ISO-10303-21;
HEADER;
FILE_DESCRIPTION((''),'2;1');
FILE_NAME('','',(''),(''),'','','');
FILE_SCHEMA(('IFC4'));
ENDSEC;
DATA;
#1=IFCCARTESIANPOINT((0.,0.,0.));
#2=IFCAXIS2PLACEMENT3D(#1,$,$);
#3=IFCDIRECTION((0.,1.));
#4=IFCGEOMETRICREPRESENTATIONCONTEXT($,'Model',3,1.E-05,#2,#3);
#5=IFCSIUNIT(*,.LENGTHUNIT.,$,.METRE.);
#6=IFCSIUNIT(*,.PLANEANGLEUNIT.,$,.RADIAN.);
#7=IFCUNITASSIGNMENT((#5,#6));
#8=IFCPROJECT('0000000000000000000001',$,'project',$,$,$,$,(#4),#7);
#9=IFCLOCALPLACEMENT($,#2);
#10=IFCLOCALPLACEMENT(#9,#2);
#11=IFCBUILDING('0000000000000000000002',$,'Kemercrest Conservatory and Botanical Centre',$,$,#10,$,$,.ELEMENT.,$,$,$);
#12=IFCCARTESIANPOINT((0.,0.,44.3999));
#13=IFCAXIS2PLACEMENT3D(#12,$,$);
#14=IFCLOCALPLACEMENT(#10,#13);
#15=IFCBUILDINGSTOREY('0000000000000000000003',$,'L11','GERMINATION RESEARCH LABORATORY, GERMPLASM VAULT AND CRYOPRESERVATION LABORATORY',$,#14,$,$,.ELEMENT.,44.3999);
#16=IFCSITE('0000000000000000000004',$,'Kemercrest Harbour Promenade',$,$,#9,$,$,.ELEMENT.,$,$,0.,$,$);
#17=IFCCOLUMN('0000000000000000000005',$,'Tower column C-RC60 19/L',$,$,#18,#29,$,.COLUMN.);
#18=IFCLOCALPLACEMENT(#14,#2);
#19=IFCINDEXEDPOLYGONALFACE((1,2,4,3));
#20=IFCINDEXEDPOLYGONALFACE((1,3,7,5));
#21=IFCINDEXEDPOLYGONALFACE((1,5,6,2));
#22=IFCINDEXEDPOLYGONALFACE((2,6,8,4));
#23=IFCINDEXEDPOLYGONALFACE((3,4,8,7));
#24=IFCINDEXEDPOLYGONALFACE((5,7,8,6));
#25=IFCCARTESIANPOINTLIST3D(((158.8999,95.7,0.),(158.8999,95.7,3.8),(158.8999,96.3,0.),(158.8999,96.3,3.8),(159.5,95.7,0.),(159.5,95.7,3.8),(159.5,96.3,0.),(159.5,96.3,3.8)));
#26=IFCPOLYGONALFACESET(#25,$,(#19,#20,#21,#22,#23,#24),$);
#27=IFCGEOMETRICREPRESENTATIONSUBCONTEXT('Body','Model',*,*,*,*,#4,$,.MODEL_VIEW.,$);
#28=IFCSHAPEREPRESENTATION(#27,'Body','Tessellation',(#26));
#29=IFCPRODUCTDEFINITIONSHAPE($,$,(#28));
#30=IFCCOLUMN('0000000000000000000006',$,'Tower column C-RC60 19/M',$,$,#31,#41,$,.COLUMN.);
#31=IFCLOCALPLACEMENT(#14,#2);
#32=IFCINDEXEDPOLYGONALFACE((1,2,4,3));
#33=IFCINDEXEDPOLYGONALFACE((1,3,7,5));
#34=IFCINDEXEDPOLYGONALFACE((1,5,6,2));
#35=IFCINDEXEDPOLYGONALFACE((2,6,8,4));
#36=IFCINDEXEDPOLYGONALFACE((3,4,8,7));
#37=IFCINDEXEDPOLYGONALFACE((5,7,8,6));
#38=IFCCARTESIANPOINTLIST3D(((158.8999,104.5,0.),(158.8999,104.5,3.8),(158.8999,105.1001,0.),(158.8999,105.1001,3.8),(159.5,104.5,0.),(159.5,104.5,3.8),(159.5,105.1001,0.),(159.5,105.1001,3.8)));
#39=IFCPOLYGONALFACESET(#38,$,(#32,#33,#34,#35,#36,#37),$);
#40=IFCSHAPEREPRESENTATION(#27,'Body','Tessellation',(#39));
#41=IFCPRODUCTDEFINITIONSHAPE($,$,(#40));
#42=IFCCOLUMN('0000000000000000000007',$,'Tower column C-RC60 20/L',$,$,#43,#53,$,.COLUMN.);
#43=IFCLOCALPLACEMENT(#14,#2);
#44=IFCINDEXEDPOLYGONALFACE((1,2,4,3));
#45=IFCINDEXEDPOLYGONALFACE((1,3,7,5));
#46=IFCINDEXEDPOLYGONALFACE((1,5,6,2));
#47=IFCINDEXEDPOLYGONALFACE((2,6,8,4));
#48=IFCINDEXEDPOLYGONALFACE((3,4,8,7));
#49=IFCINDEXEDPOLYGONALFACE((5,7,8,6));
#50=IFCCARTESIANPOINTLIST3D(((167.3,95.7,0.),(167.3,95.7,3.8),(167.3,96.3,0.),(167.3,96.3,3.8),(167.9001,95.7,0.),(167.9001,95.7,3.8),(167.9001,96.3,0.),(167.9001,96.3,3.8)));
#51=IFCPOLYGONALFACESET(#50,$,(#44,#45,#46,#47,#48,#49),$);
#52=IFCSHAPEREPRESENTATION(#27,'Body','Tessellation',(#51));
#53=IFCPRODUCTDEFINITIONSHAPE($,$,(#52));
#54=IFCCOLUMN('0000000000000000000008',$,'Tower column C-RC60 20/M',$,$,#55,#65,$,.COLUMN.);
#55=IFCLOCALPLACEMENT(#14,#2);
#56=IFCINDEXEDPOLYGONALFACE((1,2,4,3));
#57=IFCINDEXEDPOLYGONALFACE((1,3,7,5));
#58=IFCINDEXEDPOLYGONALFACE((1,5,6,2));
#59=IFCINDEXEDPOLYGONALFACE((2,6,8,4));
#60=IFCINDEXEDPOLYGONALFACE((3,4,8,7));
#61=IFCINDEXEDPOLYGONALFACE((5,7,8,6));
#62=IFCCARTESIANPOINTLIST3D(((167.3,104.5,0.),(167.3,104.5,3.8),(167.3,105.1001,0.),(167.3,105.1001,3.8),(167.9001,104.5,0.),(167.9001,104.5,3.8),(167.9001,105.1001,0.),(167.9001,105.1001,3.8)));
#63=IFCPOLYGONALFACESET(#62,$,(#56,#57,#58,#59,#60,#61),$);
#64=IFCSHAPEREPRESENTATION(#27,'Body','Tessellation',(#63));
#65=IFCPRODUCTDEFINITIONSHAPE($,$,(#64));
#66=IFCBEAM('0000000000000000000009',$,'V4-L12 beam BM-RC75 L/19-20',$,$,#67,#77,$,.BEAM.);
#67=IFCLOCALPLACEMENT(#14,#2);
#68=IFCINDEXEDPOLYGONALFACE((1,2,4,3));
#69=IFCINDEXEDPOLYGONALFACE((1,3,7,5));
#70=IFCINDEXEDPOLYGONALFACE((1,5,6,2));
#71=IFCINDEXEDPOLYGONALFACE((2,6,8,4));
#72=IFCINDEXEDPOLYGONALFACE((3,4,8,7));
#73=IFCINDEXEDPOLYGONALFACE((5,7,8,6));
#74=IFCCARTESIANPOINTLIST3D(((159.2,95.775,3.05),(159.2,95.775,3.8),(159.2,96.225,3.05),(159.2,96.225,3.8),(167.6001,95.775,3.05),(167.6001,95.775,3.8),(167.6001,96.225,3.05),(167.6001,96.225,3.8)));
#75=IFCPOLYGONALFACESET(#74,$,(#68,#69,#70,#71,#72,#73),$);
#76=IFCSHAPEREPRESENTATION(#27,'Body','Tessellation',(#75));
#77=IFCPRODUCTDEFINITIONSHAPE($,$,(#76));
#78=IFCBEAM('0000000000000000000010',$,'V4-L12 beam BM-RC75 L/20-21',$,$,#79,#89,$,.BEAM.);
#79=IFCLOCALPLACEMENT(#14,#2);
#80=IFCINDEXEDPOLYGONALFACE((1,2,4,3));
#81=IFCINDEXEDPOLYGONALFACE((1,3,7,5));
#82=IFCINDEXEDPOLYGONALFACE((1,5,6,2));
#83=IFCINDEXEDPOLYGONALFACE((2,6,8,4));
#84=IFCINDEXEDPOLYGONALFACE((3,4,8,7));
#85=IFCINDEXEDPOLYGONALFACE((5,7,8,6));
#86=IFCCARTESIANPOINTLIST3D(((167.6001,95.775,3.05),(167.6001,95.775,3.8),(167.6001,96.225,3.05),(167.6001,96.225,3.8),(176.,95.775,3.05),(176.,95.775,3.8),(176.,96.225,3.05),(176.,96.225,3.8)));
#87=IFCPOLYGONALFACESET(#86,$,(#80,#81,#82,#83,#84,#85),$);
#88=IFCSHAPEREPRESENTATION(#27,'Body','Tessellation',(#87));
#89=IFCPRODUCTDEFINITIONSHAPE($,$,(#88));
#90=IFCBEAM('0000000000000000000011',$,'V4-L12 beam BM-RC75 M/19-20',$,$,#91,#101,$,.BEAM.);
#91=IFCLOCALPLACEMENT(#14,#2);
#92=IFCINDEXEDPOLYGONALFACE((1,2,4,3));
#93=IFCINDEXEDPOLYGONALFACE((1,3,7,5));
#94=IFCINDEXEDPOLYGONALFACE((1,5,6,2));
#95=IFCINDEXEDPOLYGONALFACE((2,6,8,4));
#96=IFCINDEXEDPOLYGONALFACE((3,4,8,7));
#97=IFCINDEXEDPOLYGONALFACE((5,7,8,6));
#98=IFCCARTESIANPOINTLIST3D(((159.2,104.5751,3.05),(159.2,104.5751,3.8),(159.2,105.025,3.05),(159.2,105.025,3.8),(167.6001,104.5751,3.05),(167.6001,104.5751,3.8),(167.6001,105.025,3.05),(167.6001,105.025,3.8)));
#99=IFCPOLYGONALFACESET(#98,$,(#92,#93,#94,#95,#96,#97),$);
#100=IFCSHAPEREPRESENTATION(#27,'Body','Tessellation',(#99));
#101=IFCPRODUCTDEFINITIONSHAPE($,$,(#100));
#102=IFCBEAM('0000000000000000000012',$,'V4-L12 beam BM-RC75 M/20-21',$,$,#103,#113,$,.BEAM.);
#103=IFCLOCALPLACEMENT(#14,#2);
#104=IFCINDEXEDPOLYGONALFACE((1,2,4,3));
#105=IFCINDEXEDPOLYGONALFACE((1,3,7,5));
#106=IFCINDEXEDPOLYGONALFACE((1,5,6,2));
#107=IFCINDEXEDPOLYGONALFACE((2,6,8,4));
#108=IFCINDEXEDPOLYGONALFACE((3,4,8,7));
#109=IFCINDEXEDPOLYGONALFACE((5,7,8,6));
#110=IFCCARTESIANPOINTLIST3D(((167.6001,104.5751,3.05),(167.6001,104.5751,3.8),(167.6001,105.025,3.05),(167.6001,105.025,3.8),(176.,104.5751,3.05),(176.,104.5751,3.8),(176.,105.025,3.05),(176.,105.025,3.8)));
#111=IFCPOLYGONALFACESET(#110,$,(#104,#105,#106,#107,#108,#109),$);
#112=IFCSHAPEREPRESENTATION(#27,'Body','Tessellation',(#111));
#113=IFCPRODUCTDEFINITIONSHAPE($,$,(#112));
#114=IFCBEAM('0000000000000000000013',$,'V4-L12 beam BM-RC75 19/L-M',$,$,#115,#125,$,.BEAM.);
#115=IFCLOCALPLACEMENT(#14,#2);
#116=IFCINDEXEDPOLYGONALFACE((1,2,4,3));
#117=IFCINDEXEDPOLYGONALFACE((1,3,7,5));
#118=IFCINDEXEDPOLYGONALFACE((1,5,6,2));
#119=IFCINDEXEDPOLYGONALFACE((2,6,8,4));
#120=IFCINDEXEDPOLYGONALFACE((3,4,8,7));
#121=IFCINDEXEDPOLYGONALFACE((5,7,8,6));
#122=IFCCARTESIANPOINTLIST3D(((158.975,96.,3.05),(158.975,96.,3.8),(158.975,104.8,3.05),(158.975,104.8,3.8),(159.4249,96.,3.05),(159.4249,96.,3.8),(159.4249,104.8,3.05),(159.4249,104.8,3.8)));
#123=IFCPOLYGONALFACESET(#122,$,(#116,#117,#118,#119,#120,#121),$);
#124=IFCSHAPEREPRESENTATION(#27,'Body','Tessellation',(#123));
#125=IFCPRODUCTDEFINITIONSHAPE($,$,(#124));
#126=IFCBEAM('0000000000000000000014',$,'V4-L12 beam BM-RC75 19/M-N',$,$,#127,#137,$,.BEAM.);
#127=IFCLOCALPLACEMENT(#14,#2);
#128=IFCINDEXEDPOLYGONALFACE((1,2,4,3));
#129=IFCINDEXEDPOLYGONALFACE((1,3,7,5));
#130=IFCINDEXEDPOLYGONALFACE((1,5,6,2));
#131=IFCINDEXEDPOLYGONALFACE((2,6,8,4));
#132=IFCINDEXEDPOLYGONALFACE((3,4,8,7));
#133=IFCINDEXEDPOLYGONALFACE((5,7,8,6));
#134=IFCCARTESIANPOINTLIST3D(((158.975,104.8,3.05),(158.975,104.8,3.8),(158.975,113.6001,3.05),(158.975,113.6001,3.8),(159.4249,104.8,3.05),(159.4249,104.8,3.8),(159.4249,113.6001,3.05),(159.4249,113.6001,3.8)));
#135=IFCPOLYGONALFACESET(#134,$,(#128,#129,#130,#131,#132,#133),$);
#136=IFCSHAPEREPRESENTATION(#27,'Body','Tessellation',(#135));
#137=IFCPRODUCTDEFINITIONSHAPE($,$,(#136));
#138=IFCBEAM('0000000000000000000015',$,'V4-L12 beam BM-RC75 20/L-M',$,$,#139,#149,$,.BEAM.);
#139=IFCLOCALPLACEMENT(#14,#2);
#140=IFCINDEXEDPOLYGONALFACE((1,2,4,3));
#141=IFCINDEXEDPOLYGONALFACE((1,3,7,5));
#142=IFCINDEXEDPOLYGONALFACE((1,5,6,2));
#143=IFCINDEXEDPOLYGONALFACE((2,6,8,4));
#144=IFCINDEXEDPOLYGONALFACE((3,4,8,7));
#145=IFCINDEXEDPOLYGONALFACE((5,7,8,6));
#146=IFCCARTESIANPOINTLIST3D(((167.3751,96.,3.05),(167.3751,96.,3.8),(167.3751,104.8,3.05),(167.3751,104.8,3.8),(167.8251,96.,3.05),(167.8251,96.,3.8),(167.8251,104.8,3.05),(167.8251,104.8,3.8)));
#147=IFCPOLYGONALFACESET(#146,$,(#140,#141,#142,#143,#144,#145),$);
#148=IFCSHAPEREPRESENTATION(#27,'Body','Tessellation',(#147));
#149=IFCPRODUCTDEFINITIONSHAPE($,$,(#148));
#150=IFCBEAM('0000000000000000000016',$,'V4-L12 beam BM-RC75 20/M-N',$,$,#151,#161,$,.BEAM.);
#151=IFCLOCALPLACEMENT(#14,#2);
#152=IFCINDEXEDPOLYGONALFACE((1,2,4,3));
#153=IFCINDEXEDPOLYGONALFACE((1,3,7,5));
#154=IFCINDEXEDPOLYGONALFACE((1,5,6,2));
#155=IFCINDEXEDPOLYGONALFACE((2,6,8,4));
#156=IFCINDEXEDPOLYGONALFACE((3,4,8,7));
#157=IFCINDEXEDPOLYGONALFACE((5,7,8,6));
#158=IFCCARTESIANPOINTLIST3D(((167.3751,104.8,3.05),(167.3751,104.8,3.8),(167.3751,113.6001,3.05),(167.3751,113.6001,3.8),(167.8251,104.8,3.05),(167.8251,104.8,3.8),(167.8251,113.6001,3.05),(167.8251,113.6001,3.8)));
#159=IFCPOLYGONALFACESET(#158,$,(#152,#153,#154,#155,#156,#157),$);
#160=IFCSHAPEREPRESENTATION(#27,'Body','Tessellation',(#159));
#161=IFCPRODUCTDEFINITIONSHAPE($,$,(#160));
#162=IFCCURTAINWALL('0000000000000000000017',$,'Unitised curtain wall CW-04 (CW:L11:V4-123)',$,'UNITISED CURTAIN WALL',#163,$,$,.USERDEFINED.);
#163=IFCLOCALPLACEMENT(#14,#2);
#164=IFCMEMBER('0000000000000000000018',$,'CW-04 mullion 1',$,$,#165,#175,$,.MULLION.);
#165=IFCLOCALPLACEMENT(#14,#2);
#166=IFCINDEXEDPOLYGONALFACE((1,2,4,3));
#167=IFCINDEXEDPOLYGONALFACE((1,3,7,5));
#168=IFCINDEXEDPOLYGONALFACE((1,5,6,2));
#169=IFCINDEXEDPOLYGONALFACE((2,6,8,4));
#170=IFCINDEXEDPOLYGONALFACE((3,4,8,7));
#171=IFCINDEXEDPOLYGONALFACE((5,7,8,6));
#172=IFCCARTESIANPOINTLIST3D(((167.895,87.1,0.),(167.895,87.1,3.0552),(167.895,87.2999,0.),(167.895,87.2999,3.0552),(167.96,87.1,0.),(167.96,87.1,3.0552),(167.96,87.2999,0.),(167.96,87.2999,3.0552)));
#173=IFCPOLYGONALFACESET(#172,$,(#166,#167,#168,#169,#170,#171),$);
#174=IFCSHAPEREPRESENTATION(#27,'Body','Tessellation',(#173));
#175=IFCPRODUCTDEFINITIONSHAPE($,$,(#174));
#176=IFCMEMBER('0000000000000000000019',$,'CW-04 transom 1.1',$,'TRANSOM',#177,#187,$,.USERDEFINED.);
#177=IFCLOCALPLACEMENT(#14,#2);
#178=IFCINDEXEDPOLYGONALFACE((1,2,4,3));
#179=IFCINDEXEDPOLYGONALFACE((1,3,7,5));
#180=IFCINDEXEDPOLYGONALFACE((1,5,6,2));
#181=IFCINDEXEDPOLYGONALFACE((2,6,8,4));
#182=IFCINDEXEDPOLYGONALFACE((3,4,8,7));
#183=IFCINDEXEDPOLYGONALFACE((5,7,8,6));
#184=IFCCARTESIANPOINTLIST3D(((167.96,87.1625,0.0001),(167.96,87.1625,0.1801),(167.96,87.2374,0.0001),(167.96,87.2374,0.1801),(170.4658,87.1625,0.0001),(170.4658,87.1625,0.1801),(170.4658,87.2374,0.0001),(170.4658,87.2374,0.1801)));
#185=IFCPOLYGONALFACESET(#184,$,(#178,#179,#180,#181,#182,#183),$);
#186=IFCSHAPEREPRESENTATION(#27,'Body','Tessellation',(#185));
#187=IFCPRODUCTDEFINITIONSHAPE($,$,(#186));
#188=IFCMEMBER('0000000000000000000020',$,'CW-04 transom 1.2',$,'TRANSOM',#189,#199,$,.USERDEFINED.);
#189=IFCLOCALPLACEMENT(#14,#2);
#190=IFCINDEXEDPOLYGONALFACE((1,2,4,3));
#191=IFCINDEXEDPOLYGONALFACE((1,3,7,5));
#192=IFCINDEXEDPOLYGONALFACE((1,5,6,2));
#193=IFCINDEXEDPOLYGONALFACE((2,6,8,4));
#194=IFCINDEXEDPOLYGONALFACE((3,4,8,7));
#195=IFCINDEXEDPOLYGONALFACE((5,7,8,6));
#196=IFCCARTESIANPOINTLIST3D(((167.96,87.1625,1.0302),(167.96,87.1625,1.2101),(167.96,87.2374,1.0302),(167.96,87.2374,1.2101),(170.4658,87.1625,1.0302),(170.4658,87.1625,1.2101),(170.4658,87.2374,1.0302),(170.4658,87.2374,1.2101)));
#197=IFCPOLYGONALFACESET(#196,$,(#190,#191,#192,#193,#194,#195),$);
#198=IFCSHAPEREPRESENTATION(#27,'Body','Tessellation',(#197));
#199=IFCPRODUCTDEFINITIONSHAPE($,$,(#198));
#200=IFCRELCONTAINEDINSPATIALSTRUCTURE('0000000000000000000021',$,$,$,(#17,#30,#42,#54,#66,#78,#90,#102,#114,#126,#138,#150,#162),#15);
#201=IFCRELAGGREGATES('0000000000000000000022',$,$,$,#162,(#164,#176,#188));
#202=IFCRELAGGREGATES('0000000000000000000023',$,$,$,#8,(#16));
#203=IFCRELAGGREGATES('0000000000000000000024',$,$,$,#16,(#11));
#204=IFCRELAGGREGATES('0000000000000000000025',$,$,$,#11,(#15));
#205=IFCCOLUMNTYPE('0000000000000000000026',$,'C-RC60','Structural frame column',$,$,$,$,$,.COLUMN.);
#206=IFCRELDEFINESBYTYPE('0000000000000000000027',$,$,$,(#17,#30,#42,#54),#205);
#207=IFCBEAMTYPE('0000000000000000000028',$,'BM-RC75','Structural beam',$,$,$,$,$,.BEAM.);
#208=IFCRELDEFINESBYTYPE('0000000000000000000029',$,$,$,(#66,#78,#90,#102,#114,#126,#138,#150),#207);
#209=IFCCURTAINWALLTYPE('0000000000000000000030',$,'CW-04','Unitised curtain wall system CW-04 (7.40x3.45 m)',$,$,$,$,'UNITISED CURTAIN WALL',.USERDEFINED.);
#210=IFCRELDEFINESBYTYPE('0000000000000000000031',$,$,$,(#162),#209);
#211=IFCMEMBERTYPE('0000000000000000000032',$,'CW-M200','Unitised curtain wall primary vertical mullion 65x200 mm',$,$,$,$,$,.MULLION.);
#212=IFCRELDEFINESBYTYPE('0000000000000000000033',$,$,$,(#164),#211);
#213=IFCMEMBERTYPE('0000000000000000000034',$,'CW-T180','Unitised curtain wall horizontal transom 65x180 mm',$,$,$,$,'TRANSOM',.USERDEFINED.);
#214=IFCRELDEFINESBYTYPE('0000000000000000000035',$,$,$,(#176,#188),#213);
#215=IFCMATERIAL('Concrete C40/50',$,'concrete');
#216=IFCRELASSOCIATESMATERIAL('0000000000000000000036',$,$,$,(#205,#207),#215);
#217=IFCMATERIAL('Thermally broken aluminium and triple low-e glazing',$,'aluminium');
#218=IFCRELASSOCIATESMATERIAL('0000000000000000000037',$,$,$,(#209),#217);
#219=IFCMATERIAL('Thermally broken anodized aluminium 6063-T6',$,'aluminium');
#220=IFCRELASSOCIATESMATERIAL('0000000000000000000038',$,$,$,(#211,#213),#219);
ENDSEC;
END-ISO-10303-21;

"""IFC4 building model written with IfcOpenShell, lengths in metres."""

from ifc_helpers import new_model, si_unit, direction, frame, origin, origin_2d, place, context, subcontext, project, spatial, rectangle, extrude, material, material_profile, profile_set, type_object, element, aggregate, save


model = new_model("IFC4")

# Units and contexts
model_context = context("Model", 3, precision=1e-05, world=origin(), true_north=direction((0.0, 1.0)))
body_context = subcontext(model_context, "Body", "Model", "MODEL_VIEW")
ifc_project = project(units=[si_unit("LENGTHUNIT", "METRE"), si_unit("PLANEANGLEUNIT", "RADIAN")], contexts=[model_context])

# Site, building, storey
site_placement = place(None, origin())
site = spatial("IfcSite", under=ifc_project, at=site_placement, Name="Kemercrest Harbour Promenade", CompositionType="ELEMENT", RefElevation=0.0)
building_placement = place(site_placement, origin())
building = spatial("IfcBuilding", under=site, at=building_placement, Name="Kemercrest Conservatory and Botanical Centre", CompositionType="ELEMENT")
storey_placement = place(building_placement, frame((0.0, 0.0, 44.3999)))
storey = spatial("IfcBuildingStorey", under=building, at=storey_placement, Name="L11", Description="GERMINATION RESEARCH LABORATORY, GERMPLASM VAULT AND CRYOPRESERVATION LABORATORY", CompositionType="ELEMENT", Elevation=44.3999)

# Columns
ifc_material_1 = material(Name="Concrete C40/50", Category="concrete")
ifc_material_profile_1 = material_profile(ifc_material_1, rectangle(XDim=0.6001, YDim=0.6001, at=origin_2d()), Name="RC 600x600")
ifc_profile_set_1 = profile_set([ifc_material_profile_1], Name="Concrete C40/50")
column_type = type_object("IfcColumnType", Name="C-RC60", Description="Structural frame column", PredefinedType="COLUMN", material=ifc_profile_set_1)
for number, where, z_axis, x_axis, name in (
    (1, (159.2, 96.0, 0.0), (0.0, 0.0, 1.0), (1.0, 0.0, 0.0), "Tower column C-RC60 19/L"),
    (2, (159.2, 104.8, 0.0), (0.0, 0.0, 1.0), (1.0, 0.0, 0.0), "Tower column C-RC60 19/M"),
    (3, (167.6001, 96.0, 0.0), (0.0, 0.0, 1.0), (1.0, 0.0, 0.0), "Tower column C-RC60 20/L"),
    (4, (167.6001, 104.8, 0.0), (0.0, 0.0, 1.0), (1.0, 0.0, 0.0), "Tower column C-RC60 20/M"),
):
    element("IfcColumn", number, at=place(storey_placement, frame(where, z_axis=z_axis, x_axis=x_axis)), inside=storey, type_object=column_type, Name=name, PredefinedType="COLUMN", context=body_context, shape_type="SweptSolid", body=[
        extrude(rectangle(XDim=0.6001, YDim=0.6001, at=origin_2d()), origin(), (0.0, 0.0, 1.0), 3.8),
    ])

# Beams
ifc_material_profile_2 = material_profile(ifc_material_1, rectangle(XDim=0.45, YDim=0.75, at=origin_2d()), Name="RC 450x750")
ifc_profile_set_2 = profile_set([ifc_material_profile_2], Name="Concrete C40/50")
beam_type_1 = type_object("IfcBeamType", Name="BM-RC75", Description="Structural beam", PredefinedType="BEAM", material=ifc_profile_set_2)
beam_1_placement = place(storey_placement, frame((159.2, 96.0, 3.425), z_axis=(1.0, 0.0, 0.0), x_axis=(0.0, 1.0, 0.0)))
element("IfcBeam", 5, at=beam_1_placement, inside=storey, type_object=beam_type_1, Name="V4-L12 beam BM-RC75 L/19-20", PredefinedType="BEAM", context=body_context, shape_type="SweptSolid", body=[
    extrude(rectangle(XDim=0.45, YDim=0.75, at=origin_2d()), origin(), (0.0, 0.0, 1.0), 8.4001),
])
beam_2_placement = place(storey_placement, frame((167.6001, 96.0, 3.425), z_axis=(1.0, 0.0, 0.0), x_axis=(0.0, 1.0, 0.0)))
element("IfcBeam", 6, at=beam_2_placement, inside=storey, type_object=beam_type_1, Name="V4-L12 beam BM-RC75 L/20-21", PredefinedType="BEAM", context=body_context, shape_type="SweptSolid", body=[
    extrude(rectangle(XDim=0.45, YDim=0.75, at=origin_2d()), origin(), (0.0, 0.0, 1.0), 8.3999),
])
beam_3_placement = place(storey_placement, frame((159.2, 104.8, 3.425), z_axis=(1.0, 0.0, 0.0), x_axis=(0.0, 1.0, 0.0)))
element("IfcBeam", 7, at=beam_3_placement, inside=storey, type_object=beam_type_1, Name="V4-L12 beam BM-RC75 M/19-20", PredefinedType="BEAM", context=body_context, shape_type="SweptSolid", body=[
    extrude(rectangle(XDim=0.45, YDim=0.75, at=origin_2d()), origin(), (0.0, 0.0, 1.0), 8.4001),
])
beam_4_placement = place(storey_placement, frame((167.6001, 104.8, 3.425), z_axis=(1.0, 0.0, 0.0), x_axis=(0.0, 1.0, 0.0)))
element("IfcBeam", 8, at=beam_4_placement, inside=storey, type_object=beam_type_1, Name="V4-L12 beam BM-RC75 M/20-21", PredefinedType="BEAM", context=body_context, shape_type="SweptSolid", body=[
    extrude(rectangle(XDim=0.45, YDim=0.75, at=origin_2d()), origin(), (0.0, 0.0, 1.0), 8.3999),
])
for number, where, z_axis, x_axis, name in (
    (9, (159.2, 96.0, 3.425), (0.0, 1.0, 0.0), (-1.0, 0.0, 0.0), "V4-L12 beam BM-RC75 19/L-M"),
    (10, (159.2, 104.8, 3.425), (0.0, 1.0, 0.0), (-1.0, 0.0, 0.0), "V4-L12 beam BM-RC75 19/M-N"),
    (11, (167.6001, 96.0, 3.425), (0.0, 1.0, 0.0), (-1.0, 0.0, 0.0), "V4-L12 beam BM-RC75 20/L-M"),
    (12, (167.6001, 104.8, 3.425), (0.0, 1.0, 0.0), (-1.0, 0.0, 0.0), "V4-L12 beam BM-RC75 20/M-N"),
):
    element("IfcBeam", number, at=place(storey_placement, frame(where, z_axis=z_axis, x_axis=x_axis)), inside=storey, type_object=beam_type_1, Name=name, PredefinedType="BEAM", context=body_context, shape_type="SweptSolid", body=[
        extrude(rectangle(XDim=0.45, YDim=0.75, at=origin_2d()), origin(), (0.0, 0.0, 1.0), 8.8),
    ])

# Curtain wall, members
ifc_material_2 = material(Name="Thermally broken aluminium and triple low-e glazing", Category="aluminium")
curtain_wall_type = type_object("IfcCurtainWallType", Name="CW-04", Description="Unitised curtain wall system CW-04 (7.40x3.45 m)", ElementType="UNITISED CURTAIN WALL", PredefinedType="USERDEFINED", material=ifc_material_2)
curtain_wall_placement = place(storey_placement, origin())
curtain_wall = element("IfcCurtainWall", 13, at=curtain_wall_placement, inside=storey, type_object=curtain_wall_type, Name="Unitised curtain wall CW-04 (CW:L11:V4-123)", ObjectType="UNITISED CURTAIN WALL", PredefinedType="USERDEFINED")
ifc_material_3 = material(Name="Thermally broken anodized aluminium 6063-T6", Category="aluminium")
ifc_material_profile_3 = material_profile(ifc_material_3, rectangle(XDim=0.2, YDim=0.0649, at=origin_2d()), Name="AL MULLION 65x200")
ifc_profile_set_3 = profile_set([ifc_material_profile_3], Name="Thermally broken anodized aluminium 6063-T6")
member_type_1 = type_object("IfcMemberType", Name="CW-M200", Description="Unitised curtain wall primary vertical mullion 65x200 mm", PredefinedType="MULLION", material=ifc_profile_set_3)
member_1_placement = place(storey_placement, frame((167.9275, 87.2, 0.0), z_axis=(0.0, 0.0, 1.0), x_axis=(0.0, 1.0, 0.0)))
member_1 = element("IfcMember", 14, at=member_1_placement, type_object=member_type_1, Name="CW-04 mullion 1", PredefinedType="MULLION", context=body_context, shape_type="SweptSolid", body=[
    extrude(rectangle(XDim=0.2, YDim=0.0649, at=origin_2d()), origin(), (0.0, 0.0, 1.0), 3.0552),
])
ifc_material_profile_4 = material_profile(ifc_material_3, rectangle(XDim=0.075, YDim=0.1799, at=origin_2d()), Name="AL TRANSOM 75x180")
ifc_profile_set_4 = profile_set([ifc_material_profile_4], Name="Thermally broken anodized aluminium 6063-T6")
member_type_2 = type_object("IfcMemberType", Name="CW-T180", Description="Unitised curtain wall horizontal transom 65x180 mm", ElementType="TRANSOM", PredefinedType="USERDEFINED", material=ifc_profile_set_4)
member_2_placement = place(storey_placement, frame((167.96, 87.2, 0.0901), z_axis=(1.0, 0.0, 0.0), x_axis=(0.0, 1.0, 0.0)))
member_2 = element("IfcMember", 15, at=member_2_placement, type_object=member_type_2, Name="CW-04 transom 1.1", ObjectType="TRANSOM", PredefinedType="USERDEFINED", context=body_context, shape_type="SweptSolid", body=[
    extrude(rectangle(XDim=0.075, YDim=0.1799, at=origin_2d()), origin(), (0.0, 0.0, 1.0), 2.5059),
])
member_3_placement = place(storey_placement, frame((167.96, 87.2, 1.1201), z_axis=(1.0, 0.0, 0.0), x_axis=(0.0, 1.0, 0.0)))
member_3 = element("IfcMember", 16, at=member_3_placement, type_object=member_type_2, Name="CW-04 transom 1.2", ObjectType="TRANSOM", PredefinedType="USERDEFINED", context=body_context, shape_type="SweptSolid", body=[
    extrude(rectangle(XDim=0.075, YDim=0.1799, at=origin_2d()), origin(), (0.0, 0.0, 1.0), 2.5059),
])
aggregate(curtain_wall, [member_1, member_2, member_3])

save(model, "model.ifc")
